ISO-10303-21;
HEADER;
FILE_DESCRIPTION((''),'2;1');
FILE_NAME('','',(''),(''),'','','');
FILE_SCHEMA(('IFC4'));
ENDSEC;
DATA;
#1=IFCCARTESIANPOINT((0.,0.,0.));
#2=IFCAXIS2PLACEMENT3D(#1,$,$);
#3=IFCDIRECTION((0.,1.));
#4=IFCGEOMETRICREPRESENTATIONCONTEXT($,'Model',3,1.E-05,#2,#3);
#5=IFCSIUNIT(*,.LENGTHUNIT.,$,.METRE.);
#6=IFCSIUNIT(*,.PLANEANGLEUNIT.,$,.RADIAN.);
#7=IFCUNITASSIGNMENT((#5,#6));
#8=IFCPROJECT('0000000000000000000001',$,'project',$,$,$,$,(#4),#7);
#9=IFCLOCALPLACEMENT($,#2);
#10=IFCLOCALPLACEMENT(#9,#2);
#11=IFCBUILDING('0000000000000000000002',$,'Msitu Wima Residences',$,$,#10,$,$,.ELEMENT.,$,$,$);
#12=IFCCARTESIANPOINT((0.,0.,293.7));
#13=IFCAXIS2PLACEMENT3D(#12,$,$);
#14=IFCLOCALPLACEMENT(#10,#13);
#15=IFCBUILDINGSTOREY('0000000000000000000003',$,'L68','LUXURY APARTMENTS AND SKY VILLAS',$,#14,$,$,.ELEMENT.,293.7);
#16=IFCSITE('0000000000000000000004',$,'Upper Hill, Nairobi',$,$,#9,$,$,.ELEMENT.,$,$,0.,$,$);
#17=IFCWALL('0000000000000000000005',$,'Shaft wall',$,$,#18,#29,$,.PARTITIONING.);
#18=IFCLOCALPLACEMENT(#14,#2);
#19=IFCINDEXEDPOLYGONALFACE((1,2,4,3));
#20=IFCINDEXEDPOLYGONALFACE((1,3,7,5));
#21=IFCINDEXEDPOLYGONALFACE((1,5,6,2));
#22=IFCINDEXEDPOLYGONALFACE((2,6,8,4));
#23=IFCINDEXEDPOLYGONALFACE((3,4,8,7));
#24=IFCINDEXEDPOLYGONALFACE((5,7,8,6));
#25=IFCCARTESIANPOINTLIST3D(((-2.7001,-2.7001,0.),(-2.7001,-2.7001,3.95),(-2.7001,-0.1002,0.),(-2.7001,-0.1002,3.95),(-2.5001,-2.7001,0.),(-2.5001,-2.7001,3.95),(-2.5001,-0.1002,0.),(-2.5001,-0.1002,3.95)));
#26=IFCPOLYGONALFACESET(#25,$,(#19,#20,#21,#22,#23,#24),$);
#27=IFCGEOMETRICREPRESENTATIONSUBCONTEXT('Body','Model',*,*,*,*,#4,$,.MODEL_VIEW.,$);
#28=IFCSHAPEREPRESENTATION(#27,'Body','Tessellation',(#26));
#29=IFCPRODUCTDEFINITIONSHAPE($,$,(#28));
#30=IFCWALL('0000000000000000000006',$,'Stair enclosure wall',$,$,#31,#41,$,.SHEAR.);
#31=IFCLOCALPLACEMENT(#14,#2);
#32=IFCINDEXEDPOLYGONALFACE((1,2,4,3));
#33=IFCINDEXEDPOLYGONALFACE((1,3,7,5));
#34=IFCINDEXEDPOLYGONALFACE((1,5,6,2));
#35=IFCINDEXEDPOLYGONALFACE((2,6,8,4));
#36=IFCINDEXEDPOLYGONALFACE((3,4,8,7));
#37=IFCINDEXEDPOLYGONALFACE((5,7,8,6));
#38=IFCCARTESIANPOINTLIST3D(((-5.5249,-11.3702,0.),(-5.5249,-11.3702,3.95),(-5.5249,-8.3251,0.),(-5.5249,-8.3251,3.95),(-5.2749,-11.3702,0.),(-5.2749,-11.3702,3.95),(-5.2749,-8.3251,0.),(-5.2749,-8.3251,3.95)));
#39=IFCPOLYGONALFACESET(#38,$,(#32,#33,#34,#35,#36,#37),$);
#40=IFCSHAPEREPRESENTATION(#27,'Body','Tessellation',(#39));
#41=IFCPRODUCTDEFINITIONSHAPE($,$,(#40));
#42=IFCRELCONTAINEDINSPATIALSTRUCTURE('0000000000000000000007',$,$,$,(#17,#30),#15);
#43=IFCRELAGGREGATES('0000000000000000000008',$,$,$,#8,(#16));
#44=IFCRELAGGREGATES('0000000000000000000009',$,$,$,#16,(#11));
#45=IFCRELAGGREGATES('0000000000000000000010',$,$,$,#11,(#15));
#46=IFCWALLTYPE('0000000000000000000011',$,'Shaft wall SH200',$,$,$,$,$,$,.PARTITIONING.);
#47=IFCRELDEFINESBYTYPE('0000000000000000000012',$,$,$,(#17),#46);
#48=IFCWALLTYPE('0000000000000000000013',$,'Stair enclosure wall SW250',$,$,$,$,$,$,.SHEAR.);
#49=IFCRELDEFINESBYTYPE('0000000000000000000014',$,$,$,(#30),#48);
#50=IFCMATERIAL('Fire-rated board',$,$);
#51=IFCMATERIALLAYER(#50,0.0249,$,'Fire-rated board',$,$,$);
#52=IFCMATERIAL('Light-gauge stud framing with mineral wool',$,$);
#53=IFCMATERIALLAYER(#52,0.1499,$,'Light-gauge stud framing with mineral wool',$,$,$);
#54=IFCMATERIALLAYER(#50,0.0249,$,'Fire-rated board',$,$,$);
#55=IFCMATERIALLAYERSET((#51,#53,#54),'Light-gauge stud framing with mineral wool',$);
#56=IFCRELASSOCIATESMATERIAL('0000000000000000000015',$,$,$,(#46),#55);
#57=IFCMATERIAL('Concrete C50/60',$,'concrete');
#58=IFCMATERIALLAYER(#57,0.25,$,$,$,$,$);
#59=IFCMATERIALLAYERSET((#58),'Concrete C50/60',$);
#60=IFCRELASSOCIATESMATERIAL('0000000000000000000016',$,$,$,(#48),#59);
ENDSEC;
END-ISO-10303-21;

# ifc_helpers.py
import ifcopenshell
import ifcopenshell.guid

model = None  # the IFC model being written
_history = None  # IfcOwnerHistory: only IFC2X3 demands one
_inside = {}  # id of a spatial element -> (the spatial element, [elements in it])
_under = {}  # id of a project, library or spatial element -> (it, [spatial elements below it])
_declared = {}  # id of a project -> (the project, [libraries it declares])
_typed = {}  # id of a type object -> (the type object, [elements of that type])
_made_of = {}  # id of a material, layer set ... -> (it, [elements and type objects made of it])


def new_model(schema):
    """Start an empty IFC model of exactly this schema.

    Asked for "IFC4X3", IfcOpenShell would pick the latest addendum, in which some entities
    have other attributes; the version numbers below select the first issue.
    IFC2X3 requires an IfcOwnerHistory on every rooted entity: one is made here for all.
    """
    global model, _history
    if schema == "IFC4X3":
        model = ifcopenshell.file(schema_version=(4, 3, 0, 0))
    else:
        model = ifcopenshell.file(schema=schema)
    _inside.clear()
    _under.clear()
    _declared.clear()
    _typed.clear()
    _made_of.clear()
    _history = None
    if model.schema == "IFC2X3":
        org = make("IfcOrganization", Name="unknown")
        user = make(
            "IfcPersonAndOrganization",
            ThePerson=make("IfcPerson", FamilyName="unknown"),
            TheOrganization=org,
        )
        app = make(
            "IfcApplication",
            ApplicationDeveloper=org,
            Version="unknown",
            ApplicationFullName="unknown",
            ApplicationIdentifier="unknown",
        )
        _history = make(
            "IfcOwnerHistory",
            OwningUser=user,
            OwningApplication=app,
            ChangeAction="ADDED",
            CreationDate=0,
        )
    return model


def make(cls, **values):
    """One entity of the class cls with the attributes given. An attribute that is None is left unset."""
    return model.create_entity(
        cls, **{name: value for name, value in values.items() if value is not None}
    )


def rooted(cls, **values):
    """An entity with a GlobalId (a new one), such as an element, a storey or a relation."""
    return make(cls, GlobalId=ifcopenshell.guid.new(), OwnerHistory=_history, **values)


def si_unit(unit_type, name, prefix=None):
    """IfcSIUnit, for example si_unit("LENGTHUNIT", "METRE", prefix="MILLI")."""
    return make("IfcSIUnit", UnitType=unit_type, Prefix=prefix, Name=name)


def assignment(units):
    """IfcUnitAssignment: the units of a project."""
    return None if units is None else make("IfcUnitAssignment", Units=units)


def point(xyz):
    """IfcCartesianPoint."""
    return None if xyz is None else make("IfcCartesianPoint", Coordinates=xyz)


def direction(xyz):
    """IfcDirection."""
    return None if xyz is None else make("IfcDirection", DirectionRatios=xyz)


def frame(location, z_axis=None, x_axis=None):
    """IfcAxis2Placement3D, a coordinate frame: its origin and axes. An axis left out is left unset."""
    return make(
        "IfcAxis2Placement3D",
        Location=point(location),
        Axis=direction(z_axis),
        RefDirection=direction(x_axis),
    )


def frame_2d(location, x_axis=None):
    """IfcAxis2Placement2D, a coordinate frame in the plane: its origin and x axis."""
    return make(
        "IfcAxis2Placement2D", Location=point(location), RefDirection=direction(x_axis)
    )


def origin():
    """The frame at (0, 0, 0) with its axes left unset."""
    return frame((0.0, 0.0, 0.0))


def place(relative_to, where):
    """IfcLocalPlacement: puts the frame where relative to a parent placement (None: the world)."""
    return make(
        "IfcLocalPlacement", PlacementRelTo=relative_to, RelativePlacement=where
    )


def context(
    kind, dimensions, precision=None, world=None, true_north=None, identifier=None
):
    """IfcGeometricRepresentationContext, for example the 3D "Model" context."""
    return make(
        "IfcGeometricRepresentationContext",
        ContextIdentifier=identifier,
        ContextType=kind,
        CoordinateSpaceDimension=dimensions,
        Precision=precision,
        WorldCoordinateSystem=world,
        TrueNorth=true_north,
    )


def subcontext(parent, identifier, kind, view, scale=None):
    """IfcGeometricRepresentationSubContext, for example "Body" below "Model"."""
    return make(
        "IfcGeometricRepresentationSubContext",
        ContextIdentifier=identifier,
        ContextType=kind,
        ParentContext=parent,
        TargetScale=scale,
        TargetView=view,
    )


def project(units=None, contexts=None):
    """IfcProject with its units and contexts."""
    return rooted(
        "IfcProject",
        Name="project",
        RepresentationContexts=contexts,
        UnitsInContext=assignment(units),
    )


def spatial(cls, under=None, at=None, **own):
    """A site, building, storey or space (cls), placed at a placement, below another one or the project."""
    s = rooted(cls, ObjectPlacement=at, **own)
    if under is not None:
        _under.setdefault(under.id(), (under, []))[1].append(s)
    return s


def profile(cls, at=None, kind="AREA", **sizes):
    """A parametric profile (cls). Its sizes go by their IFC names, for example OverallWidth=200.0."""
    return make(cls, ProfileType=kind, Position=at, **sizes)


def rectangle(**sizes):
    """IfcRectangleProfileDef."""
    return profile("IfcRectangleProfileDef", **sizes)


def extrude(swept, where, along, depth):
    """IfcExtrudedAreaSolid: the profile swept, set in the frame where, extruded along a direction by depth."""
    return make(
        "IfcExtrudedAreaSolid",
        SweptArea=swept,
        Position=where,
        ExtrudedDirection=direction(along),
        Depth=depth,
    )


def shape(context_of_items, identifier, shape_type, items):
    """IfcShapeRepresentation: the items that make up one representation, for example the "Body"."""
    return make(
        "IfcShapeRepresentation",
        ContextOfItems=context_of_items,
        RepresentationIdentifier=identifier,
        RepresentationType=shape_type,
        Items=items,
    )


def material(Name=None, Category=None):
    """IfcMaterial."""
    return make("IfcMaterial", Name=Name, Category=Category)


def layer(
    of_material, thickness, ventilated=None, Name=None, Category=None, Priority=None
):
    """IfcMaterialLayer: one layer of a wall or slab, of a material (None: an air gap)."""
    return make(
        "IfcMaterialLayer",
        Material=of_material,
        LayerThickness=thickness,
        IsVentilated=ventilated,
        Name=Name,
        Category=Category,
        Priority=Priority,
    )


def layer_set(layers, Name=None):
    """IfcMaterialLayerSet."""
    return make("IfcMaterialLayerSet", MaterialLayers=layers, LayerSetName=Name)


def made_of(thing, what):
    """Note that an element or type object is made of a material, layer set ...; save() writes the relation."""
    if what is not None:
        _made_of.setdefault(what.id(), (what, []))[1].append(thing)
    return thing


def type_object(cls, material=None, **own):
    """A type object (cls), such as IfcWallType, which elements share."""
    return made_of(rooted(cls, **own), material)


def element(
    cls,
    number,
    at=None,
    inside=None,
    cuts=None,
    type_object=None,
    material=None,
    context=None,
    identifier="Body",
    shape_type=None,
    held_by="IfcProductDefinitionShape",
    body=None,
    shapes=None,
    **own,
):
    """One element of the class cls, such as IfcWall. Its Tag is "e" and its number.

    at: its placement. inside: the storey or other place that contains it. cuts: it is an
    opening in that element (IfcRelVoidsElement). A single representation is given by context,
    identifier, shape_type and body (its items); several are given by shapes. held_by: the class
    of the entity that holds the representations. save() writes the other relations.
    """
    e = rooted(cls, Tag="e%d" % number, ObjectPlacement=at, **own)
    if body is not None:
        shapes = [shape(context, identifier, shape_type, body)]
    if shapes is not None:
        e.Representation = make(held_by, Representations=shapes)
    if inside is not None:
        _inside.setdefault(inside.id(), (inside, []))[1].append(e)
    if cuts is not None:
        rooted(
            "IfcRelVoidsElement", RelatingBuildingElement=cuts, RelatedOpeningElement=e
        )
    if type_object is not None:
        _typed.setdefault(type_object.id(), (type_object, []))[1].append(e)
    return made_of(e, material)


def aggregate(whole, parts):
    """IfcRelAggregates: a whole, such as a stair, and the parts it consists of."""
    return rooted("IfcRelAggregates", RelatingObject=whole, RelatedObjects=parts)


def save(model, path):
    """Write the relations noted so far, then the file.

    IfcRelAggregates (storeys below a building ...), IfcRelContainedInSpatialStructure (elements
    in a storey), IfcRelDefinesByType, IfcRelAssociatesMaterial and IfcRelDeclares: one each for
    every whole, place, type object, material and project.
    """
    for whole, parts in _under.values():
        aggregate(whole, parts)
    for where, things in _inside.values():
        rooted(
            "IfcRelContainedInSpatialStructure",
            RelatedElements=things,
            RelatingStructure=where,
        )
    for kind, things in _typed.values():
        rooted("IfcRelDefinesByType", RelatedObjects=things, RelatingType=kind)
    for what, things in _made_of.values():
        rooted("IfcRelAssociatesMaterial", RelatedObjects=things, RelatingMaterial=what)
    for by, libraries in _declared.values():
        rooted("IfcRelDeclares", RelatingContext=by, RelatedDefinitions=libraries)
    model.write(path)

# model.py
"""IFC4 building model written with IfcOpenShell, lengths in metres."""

from ifc_helpers import new_model, si_unit, direction, frame, frame_2d, origin, place, context, subcontext, project, spatial, rectangle, extrude, material, layer, layer_set, type_object, element, save


model = new_model("IFC4")

# Units and contexts
model_context = context("Model", 3, precision=1e-05, world=origin(), true_north=direction((0.0, 1.0)))
body_context = subcontext(model_context, "Body", "Model", "MODEL_VIEW")
ifc_project = project(units=[si_unit("LENGTHUNIT", "METRE"), si_unit("PLANEANGLEUNIT", "RADIAN")], contexts=[model_context])

# Site, building, storey
site_placement = place(None, origin())
site = spatial("IfcSite", under=ifc_project, at=site_placement, Name="Upper Hill, Nairobi", CompositionType="ELEMENT", RefElevation=0.0)
building_placement = place(site_placement, origin())
building = spatial("IfcBuilding", under=site, at=building_placement, Name="Msitu Wima Residences", CompositionType="ELEMENT")
storey_placement = place(building_placement, frame((0.0, 0.0, 293.7)))
storey = spatial("IfcBuildingStorey", under=building, at=storey_placement, Name="L68", Description="LUXURY APARTMENTS AND SKY VILLAS", CompositionType="ELEMENT", Elevation=293.7)

# Walls
ifc_material_1 = material(Name="Fire-rated board")
ifc_layer_1 = layer(ifc_material_1, 0.0249, Name="Fire-rated board")
ifc_material_2 = material(Name="Light-gauge stud framing with mineral wool")
ifc_layer_2 = layer(ifc_material_2, 0.1499, Name="Light-gauge stud framing with mineral wool")
ifc_layer_3 = layer(ifc_material_1, 0.0249, Name="Fire-rated board")
ifc_layer_set_1 = layer_set([ifc_layer_1, ifc_layer_2, ifc_layer_3], Name="Light-gauge stud framing with mineral wool")
wall_type_1 = type_object("IfcWallType", Name="Shaft wall SH200", PredefinedType="PARTITIONING", material=ifc_layer_set_1)
for number, where, z_axis, x_axis, name in (
    (1, (-2.6001, -2.7, 0.0), (0.0, 0.0, 1.0), (0.0, 1.0, 0.0), "Shaft wall"),
):
    element("IfcWall", number, at=place(storey_placement, frame(where, z_axis=z_axis, x_axis=x_axis)), inside=storey, type_object=wall_type_1, Name=name, PredefinedType="PARTITIONING", context=body_context, shape_type="SweptSolid", body=[
        extrude(rectangle(XDim=2.5999, YDim=0.2, at=frame_2d((1.2998, 0.0))), origin(), (0.0, 0.0, 1.0), 3.95),
    ])
ifc_material_3 = material(Name="Concrete C50/60", Category="concrete")
ifc_layer_4 = layer(ifc_material_3, 0.25)
ifc_layer_set_2 = layer_set([ifc_layer_4], Name="Concrete C50/60")
wall_type_2 = type_object("IfcWallType", Name="Stair enclosure wall SW250", PredefinedType="SHEAR", material=ifc_layer_set_2)
wall_1_placement = place(storey_placement, frame((-5.3999, -11.3701, 0.0), z_axis=(0.0, 0.0, 1.0), x_axis=(0.0, 1.0, 0.0)))
element("IfcWall", 2, at=wall_1_placement, inside=storey, type_object=wall_type_2, Name="Stair enclosure wall", PredefinedType="SHEAR", context=body_context, shape_type="SweptSolid", body=[
    extrude(rectangle(XDim=3.0452, YDim=0.25, at=frame_2d((1.5225, 0.0))), origin(), (0.0, 0.0, 1.0), 3.95),
])

save(model, "model.ifc")
